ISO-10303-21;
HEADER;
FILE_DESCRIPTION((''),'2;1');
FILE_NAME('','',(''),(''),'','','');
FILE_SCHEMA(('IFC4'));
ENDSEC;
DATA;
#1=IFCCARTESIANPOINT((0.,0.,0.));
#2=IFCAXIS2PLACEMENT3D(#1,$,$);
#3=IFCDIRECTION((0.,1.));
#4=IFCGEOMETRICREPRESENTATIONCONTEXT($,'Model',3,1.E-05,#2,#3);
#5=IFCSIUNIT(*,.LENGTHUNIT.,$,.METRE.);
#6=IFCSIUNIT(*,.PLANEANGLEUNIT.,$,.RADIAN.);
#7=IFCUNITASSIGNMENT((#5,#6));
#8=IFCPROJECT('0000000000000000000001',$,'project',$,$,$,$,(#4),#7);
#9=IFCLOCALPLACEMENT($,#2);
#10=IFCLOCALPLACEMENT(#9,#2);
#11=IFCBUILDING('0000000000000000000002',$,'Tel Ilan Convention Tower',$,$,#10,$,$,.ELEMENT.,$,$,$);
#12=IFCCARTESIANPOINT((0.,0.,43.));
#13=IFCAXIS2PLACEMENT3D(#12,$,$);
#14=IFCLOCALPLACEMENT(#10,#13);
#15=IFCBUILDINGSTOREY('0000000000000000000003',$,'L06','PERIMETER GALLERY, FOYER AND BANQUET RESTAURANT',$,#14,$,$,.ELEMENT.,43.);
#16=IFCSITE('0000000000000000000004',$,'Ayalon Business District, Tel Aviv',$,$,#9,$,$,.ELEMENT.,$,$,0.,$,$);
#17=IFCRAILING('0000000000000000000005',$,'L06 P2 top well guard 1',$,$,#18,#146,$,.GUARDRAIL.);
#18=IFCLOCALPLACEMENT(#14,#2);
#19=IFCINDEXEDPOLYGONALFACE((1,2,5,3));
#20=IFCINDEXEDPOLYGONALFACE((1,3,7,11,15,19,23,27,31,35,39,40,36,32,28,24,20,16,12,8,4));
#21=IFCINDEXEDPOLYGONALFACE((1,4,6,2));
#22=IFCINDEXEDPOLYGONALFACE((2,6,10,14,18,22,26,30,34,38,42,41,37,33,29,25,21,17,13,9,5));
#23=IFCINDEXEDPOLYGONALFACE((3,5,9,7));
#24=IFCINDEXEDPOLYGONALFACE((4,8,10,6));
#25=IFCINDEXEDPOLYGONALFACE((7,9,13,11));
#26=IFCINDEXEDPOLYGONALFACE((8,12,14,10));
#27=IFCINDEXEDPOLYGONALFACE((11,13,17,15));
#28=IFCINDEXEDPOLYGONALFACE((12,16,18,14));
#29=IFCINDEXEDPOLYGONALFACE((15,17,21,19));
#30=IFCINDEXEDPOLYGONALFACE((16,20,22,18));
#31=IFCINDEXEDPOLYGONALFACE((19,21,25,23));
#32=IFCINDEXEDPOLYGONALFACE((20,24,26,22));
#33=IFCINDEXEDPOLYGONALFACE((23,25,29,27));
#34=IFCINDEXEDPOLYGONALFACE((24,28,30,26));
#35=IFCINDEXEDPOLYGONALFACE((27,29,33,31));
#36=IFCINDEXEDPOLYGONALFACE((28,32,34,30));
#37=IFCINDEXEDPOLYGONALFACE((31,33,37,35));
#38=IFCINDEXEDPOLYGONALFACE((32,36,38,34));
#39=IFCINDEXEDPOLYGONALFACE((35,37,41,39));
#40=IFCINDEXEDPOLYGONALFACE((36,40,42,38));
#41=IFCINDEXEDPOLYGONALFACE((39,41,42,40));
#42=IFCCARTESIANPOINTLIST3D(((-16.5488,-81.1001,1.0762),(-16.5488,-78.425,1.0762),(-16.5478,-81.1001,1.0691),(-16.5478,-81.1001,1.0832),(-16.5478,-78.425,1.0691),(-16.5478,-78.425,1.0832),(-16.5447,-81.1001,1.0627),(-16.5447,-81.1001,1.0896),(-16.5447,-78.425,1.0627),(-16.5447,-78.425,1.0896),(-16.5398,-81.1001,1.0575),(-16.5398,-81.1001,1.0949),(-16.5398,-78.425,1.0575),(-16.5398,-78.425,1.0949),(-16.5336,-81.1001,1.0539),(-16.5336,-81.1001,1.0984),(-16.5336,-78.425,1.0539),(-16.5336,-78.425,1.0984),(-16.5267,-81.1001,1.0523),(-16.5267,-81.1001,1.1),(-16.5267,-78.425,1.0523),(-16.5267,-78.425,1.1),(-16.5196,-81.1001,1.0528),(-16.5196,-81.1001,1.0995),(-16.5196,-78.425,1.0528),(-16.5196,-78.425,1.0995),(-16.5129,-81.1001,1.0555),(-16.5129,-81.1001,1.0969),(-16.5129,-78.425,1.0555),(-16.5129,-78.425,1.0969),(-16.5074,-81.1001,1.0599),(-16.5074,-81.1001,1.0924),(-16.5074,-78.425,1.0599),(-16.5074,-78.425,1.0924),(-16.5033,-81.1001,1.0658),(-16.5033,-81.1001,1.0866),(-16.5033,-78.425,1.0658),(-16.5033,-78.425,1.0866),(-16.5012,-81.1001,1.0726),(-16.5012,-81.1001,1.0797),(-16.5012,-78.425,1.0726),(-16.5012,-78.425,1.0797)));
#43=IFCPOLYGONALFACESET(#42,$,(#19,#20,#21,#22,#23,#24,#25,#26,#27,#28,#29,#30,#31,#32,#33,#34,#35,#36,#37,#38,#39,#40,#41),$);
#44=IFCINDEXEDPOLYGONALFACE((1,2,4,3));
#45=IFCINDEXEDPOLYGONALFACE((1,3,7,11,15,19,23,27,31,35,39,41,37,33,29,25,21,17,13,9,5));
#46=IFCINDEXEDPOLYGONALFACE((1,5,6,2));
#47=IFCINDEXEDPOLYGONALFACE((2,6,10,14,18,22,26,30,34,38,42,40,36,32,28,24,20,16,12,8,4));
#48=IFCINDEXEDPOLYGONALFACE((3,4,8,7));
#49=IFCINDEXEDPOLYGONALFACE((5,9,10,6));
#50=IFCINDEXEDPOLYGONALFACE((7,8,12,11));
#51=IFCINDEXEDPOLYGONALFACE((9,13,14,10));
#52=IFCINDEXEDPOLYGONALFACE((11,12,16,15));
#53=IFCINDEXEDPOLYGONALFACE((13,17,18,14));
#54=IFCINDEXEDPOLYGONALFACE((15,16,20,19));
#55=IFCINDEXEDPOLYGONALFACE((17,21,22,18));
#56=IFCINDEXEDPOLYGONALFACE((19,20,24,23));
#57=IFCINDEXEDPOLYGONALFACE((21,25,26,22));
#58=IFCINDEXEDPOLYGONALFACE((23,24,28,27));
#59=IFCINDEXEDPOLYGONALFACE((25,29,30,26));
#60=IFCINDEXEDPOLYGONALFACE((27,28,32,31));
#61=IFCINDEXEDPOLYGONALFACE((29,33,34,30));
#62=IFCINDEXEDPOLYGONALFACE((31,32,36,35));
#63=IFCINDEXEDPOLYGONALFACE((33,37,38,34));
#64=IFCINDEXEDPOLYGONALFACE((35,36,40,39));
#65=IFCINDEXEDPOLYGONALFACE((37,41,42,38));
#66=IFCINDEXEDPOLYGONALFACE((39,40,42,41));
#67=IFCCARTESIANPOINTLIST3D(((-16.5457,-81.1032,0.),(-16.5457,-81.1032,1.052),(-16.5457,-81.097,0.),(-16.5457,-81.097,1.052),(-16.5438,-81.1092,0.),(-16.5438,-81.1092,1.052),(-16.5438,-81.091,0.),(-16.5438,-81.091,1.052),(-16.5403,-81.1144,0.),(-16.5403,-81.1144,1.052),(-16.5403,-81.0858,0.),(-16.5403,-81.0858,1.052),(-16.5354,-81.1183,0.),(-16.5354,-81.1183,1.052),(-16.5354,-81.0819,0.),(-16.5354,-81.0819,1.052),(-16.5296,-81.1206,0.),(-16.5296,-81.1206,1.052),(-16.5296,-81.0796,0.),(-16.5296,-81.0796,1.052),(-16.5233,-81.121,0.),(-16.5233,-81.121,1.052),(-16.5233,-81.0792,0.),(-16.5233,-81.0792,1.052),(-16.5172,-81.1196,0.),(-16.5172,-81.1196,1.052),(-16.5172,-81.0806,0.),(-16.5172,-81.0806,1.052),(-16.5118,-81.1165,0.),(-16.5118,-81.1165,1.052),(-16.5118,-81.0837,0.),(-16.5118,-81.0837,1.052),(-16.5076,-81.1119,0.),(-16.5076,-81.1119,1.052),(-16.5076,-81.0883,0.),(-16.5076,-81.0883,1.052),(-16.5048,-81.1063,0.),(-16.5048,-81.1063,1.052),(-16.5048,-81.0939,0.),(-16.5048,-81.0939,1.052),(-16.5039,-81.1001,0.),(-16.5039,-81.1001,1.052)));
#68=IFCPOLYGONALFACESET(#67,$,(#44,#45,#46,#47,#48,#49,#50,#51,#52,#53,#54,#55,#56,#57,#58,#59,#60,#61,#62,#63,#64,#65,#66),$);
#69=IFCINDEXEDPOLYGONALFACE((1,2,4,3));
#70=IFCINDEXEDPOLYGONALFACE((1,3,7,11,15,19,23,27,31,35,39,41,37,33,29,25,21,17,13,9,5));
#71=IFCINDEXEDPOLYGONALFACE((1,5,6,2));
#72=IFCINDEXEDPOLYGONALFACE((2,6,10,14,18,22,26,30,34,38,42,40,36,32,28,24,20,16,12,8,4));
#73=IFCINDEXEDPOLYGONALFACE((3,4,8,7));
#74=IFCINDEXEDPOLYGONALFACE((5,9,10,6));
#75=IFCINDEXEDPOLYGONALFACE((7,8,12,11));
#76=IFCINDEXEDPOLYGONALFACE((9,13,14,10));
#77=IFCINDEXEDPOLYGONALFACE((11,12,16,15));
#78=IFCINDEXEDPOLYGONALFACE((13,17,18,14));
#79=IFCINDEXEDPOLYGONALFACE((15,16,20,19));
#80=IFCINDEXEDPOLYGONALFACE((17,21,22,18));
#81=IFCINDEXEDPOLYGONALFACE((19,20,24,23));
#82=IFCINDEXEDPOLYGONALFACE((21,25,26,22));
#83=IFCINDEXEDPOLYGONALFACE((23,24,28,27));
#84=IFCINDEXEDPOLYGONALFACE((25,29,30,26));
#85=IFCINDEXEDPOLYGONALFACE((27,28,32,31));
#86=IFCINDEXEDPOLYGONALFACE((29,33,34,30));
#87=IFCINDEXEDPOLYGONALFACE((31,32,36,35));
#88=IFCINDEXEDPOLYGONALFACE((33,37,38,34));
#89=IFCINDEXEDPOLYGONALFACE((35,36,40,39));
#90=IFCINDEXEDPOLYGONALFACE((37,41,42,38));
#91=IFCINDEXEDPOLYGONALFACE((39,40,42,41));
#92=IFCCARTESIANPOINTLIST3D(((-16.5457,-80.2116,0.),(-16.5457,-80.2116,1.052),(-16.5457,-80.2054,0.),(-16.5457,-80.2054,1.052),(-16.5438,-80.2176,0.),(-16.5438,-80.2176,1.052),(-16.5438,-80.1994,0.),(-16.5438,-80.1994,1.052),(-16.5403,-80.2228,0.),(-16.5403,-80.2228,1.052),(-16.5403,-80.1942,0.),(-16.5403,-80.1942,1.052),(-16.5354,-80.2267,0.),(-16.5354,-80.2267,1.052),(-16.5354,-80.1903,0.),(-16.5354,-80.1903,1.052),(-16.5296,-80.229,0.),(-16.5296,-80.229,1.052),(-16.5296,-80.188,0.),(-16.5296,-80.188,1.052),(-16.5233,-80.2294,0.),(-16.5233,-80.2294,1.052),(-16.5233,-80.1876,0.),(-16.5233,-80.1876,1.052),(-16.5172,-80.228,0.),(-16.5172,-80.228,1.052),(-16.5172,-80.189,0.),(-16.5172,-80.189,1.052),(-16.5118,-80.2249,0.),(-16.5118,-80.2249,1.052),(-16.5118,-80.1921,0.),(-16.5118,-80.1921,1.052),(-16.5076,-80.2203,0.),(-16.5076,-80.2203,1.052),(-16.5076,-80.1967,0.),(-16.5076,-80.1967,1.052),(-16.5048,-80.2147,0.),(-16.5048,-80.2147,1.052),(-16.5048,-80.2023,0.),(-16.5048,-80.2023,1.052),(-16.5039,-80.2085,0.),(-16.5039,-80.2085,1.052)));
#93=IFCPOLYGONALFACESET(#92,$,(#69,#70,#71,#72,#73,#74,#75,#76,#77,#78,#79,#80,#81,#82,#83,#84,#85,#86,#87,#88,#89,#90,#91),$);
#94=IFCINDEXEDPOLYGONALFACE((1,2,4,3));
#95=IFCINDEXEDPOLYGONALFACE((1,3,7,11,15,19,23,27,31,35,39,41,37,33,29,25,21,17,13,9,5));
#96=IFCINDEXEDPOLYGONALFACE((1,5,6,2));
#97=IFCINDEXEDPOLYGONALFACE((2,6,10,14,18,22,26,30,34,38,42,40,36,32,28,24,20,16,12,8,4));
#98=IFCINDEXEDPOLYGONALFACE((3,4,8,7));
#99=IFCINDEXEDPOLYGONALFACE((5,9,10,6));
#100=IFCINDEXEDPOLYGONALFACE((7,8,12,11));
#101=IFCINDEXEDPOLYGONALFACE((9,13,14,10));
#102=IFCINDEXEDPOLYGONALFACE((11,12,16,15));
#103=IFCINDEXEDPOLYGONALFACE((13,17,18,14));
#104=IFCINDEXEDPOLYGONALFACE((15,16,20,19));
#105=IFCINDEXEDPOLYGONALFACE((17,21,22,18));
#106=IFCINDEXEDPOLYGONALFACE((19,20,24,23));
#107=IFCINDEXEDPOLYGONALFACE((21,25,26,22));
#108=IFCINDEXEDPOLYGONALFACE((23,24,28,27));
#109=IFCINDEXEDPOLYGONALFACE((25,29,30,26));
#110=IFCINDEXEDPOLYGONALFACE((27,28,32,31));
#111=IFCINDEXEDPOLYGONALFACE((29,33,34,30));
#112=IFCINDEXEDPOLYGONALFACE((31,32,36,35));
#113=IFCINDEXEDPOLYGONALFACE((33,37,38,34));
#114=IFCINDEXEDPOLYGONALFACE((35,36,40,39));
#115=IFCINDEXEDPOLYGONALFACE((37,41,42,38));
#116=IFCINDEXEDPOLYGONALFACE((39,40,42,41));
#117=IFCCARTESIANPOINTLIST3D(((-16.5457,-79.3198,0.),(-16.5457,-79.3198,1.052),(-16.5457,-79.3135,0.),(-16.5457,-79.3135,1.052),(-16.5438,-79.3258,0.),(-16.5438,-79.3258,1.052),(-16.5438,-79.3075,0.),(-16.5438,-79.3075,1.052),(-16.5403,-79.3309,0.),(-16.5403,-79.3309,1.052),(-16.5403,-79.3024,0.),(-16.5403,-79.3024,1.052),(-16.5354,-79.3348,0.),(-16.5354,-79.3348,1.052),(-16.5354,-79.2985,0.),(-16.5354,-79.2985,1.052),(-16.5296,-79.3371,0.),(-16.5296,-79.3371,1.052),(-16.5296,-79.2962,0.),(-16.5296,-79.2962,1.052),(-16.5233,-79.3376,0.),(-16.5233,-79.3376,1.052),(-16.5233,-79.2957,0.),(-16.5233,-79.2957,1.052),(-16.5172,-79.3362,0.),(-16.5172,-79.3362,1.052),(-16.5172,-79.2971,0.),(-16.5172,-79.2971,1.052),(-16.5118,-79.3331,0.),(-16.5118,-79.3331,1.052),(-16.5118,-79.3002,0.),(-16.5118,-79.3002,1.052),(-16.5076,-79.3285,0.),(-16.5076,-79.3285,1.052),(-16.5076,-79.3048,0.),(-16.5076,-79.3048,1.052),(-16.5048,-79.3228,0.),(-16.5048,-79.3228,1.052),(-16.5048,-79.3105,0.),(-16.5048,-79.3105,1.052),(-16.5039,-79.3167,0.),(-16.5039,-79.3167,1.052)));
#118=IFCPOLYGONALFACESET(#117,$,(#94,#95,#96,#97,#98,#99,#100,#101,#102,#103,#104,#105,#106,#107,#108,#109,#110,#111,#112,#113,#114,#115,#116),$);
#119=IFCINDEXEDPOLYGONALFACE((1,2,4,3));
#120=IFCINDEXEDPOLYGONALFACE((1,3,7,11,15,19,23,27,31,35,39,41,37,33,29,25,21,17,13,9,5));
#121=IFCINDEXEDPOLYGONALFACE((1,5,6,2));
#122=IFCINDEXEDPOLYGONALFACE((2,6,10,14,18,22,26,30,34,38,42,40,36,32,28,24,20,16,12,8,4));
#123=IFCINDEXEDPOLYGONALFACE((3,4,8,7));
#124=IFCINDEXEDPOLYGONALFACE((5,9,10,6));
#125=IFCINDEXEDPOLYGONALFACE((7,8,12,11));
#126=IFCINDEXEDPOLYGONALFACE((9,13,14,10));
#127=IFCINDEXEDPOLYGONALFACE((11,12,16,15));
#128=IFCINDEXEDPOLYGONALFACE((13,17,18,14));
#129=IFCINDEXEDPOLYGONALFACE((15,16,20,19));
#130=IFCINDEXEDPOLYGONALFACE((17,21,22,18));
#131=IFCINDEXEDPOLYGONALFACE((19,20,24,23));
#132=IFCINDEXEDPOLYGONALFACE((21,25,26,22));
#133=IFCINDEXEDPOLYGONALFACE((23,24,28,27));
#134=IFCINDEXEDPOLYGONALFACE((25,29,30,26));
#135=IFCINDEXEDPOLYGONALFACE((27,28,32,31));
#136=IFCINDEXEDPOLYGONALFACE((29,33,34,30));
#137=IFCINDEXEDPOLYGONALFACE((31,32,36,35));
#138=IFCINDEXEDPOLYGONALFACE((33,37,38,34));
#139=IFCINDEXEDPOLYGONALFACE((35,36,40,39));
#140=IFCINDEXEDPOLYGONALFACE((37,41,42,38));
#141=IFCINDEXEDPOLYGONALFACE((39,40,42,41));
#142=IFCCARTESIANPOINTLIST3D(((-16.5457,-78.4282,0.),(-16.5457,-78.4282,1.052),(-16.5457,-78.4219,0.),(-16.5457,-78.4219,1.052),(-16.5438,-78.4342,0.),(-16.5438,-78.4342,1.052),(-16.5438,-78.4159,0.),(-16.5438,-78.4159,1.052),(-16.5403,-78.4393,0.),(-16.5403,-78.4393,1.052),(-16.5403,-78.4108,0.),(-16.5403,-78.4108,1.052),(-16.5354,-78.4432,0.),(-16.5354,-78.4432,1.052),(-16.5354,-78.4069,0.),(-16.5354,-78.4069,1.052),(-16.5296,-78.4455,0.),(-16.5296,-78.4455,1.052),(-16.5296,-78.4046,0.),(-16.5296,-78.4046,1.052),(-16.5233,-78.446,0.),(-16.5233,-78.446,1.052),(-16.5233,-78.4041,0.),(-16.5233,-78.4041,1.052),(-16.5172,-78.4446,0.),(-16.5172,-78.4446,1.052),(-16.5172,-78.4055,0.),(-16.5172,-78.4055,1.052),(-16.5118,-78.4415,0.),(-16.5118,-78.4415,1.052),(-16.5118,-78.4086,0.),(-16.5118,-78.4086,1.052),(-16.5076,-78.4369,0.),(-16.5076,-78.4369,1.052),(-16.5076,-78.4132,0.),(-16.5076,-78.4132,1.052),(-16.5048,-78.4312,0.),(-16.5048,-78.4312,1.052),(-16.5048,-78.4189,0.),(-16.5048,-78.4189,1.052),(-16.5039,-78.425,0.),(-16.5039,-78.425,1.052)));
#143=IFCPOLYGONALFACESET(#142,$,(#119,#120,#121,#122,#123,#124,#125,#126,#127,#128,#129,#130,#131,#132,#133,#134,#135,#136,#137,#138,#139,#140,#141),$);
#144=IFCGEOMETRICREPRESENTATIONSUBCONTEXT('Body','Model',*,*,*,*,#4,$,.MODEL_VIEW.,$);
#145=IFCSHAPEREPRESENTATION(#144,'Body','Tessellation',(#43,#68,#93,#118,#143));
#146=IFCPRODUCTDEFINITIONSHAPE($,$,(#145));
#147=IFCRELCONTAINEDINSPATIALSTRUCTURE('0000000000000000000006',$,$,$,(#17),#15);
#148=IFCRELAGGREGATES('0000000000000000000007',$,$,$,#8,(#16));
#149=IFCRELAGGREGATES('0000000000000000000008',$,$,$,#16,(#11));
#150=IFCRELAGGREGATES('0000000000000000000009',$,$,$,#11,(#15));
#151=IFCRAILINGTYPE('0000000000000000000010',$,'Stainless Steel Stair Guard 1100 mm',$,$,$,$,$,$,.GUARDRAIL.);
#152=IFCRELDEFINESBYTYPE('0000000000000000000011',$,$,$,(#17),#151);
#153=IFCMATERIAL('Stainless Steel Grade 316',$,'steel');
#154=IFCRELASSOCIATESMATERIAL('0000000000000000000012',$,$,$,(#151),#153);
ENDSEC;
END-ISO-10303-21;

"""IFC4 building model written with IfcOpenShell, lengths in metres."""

from ifc_helpers import new_model, si_unit, direction, frame, origin, origin_2d, place, context, subcontext, project, spatial, circle, extrude, material, type_object, element, save


model = new_model("IFC4")

# Units and contexts
model_context = context("Model", 3, precision=1e-05, world=origin(), true_north=direction((0.0, 1.0)))
body_context = subcontext(model_context, "Body", "Model", "MODEL_VIEW")
ifc_project = project(units=[si_unit("LENGTHUNIT", "METRE"), si_unit("PLANEANGLEUNIT", "RADIAN")], contexts=[model_context])

# Site, building, storey
site_placement = place(None, origin())
site = spatial("IfcSite", under=ifc_project, at=site_placement, Name="Ayalon Business District, Tel Aviv", CompositionType="ELEMENT", RefElevation=0.0)
building_placement = place(site_placement, origin())
building = spatial("IfcBuilding", under=site, at=building_placement, Name="Tel Ilan Convention Tower", CompositionType="ELEMENT")
storey_placement = place(building_placement, frame((0.0, 0.0, 43.0)))
storey = spatial("IfcBuildingStorey", under=building, at=storey_placement, Name="L06", Description="PERIMETER GALLERY, FOYER AND BANQUET RESTAURANT", CompositionType="ELEMENT", Elevation=43.0)

# Railing
ifc_material_1 = material(Name="Stainless Steel Grade 316", Category="steel")
railing_type = type_object("IfcRailingType", Name="Stainless Steel Stair Guard 1100 mm", PredefinedType="GUARDRAIL", material=ifc_material_1)
railing_placement = place(storey_placement, frame((-16.5249, -81.1001, 0.0)))
element("IfcRailing", 1, at=railing_placement, inside=storey, type_object=railing_type, Name="L06 P2 top well guard 1", PredefinedType="GUARDRAIL", context=body_context, shape_type="SweptSolid", body=[
    extrude(circle(Radius=0.0239, at=origin_2d()), frame((0.0, 0.0, 1.0762), z_axis=(0.0, 1.0, 0.0), x_axis=(-1.0, 0.0, 0.0)), (0.0, 0.0, 1.0), 2.675),
    extrude(circle(Radius=0.021, at=origin_2d()), origin(), (0.0, 0.0, 1.0), 1.052),
    extrude(circle(Radius=0.021, at=origin_2d()), frame((0.0, 0.8916, 0.0)), (0.0, 0.0, 1.0), 1.052),
    extrude(circle(Radius=0.021, at=origin_2d()), frame((0.0, 1.7834, 0.0)), (0.0, 0.0, 1.0), 1.052),
    extrude(circle(Radius=0.021, at=origin_2d()), frame((0.0, 2.675, 0.0)), (0.0, 0.0, 1.0), 1.052),
])

save(model, "model.ifc")
